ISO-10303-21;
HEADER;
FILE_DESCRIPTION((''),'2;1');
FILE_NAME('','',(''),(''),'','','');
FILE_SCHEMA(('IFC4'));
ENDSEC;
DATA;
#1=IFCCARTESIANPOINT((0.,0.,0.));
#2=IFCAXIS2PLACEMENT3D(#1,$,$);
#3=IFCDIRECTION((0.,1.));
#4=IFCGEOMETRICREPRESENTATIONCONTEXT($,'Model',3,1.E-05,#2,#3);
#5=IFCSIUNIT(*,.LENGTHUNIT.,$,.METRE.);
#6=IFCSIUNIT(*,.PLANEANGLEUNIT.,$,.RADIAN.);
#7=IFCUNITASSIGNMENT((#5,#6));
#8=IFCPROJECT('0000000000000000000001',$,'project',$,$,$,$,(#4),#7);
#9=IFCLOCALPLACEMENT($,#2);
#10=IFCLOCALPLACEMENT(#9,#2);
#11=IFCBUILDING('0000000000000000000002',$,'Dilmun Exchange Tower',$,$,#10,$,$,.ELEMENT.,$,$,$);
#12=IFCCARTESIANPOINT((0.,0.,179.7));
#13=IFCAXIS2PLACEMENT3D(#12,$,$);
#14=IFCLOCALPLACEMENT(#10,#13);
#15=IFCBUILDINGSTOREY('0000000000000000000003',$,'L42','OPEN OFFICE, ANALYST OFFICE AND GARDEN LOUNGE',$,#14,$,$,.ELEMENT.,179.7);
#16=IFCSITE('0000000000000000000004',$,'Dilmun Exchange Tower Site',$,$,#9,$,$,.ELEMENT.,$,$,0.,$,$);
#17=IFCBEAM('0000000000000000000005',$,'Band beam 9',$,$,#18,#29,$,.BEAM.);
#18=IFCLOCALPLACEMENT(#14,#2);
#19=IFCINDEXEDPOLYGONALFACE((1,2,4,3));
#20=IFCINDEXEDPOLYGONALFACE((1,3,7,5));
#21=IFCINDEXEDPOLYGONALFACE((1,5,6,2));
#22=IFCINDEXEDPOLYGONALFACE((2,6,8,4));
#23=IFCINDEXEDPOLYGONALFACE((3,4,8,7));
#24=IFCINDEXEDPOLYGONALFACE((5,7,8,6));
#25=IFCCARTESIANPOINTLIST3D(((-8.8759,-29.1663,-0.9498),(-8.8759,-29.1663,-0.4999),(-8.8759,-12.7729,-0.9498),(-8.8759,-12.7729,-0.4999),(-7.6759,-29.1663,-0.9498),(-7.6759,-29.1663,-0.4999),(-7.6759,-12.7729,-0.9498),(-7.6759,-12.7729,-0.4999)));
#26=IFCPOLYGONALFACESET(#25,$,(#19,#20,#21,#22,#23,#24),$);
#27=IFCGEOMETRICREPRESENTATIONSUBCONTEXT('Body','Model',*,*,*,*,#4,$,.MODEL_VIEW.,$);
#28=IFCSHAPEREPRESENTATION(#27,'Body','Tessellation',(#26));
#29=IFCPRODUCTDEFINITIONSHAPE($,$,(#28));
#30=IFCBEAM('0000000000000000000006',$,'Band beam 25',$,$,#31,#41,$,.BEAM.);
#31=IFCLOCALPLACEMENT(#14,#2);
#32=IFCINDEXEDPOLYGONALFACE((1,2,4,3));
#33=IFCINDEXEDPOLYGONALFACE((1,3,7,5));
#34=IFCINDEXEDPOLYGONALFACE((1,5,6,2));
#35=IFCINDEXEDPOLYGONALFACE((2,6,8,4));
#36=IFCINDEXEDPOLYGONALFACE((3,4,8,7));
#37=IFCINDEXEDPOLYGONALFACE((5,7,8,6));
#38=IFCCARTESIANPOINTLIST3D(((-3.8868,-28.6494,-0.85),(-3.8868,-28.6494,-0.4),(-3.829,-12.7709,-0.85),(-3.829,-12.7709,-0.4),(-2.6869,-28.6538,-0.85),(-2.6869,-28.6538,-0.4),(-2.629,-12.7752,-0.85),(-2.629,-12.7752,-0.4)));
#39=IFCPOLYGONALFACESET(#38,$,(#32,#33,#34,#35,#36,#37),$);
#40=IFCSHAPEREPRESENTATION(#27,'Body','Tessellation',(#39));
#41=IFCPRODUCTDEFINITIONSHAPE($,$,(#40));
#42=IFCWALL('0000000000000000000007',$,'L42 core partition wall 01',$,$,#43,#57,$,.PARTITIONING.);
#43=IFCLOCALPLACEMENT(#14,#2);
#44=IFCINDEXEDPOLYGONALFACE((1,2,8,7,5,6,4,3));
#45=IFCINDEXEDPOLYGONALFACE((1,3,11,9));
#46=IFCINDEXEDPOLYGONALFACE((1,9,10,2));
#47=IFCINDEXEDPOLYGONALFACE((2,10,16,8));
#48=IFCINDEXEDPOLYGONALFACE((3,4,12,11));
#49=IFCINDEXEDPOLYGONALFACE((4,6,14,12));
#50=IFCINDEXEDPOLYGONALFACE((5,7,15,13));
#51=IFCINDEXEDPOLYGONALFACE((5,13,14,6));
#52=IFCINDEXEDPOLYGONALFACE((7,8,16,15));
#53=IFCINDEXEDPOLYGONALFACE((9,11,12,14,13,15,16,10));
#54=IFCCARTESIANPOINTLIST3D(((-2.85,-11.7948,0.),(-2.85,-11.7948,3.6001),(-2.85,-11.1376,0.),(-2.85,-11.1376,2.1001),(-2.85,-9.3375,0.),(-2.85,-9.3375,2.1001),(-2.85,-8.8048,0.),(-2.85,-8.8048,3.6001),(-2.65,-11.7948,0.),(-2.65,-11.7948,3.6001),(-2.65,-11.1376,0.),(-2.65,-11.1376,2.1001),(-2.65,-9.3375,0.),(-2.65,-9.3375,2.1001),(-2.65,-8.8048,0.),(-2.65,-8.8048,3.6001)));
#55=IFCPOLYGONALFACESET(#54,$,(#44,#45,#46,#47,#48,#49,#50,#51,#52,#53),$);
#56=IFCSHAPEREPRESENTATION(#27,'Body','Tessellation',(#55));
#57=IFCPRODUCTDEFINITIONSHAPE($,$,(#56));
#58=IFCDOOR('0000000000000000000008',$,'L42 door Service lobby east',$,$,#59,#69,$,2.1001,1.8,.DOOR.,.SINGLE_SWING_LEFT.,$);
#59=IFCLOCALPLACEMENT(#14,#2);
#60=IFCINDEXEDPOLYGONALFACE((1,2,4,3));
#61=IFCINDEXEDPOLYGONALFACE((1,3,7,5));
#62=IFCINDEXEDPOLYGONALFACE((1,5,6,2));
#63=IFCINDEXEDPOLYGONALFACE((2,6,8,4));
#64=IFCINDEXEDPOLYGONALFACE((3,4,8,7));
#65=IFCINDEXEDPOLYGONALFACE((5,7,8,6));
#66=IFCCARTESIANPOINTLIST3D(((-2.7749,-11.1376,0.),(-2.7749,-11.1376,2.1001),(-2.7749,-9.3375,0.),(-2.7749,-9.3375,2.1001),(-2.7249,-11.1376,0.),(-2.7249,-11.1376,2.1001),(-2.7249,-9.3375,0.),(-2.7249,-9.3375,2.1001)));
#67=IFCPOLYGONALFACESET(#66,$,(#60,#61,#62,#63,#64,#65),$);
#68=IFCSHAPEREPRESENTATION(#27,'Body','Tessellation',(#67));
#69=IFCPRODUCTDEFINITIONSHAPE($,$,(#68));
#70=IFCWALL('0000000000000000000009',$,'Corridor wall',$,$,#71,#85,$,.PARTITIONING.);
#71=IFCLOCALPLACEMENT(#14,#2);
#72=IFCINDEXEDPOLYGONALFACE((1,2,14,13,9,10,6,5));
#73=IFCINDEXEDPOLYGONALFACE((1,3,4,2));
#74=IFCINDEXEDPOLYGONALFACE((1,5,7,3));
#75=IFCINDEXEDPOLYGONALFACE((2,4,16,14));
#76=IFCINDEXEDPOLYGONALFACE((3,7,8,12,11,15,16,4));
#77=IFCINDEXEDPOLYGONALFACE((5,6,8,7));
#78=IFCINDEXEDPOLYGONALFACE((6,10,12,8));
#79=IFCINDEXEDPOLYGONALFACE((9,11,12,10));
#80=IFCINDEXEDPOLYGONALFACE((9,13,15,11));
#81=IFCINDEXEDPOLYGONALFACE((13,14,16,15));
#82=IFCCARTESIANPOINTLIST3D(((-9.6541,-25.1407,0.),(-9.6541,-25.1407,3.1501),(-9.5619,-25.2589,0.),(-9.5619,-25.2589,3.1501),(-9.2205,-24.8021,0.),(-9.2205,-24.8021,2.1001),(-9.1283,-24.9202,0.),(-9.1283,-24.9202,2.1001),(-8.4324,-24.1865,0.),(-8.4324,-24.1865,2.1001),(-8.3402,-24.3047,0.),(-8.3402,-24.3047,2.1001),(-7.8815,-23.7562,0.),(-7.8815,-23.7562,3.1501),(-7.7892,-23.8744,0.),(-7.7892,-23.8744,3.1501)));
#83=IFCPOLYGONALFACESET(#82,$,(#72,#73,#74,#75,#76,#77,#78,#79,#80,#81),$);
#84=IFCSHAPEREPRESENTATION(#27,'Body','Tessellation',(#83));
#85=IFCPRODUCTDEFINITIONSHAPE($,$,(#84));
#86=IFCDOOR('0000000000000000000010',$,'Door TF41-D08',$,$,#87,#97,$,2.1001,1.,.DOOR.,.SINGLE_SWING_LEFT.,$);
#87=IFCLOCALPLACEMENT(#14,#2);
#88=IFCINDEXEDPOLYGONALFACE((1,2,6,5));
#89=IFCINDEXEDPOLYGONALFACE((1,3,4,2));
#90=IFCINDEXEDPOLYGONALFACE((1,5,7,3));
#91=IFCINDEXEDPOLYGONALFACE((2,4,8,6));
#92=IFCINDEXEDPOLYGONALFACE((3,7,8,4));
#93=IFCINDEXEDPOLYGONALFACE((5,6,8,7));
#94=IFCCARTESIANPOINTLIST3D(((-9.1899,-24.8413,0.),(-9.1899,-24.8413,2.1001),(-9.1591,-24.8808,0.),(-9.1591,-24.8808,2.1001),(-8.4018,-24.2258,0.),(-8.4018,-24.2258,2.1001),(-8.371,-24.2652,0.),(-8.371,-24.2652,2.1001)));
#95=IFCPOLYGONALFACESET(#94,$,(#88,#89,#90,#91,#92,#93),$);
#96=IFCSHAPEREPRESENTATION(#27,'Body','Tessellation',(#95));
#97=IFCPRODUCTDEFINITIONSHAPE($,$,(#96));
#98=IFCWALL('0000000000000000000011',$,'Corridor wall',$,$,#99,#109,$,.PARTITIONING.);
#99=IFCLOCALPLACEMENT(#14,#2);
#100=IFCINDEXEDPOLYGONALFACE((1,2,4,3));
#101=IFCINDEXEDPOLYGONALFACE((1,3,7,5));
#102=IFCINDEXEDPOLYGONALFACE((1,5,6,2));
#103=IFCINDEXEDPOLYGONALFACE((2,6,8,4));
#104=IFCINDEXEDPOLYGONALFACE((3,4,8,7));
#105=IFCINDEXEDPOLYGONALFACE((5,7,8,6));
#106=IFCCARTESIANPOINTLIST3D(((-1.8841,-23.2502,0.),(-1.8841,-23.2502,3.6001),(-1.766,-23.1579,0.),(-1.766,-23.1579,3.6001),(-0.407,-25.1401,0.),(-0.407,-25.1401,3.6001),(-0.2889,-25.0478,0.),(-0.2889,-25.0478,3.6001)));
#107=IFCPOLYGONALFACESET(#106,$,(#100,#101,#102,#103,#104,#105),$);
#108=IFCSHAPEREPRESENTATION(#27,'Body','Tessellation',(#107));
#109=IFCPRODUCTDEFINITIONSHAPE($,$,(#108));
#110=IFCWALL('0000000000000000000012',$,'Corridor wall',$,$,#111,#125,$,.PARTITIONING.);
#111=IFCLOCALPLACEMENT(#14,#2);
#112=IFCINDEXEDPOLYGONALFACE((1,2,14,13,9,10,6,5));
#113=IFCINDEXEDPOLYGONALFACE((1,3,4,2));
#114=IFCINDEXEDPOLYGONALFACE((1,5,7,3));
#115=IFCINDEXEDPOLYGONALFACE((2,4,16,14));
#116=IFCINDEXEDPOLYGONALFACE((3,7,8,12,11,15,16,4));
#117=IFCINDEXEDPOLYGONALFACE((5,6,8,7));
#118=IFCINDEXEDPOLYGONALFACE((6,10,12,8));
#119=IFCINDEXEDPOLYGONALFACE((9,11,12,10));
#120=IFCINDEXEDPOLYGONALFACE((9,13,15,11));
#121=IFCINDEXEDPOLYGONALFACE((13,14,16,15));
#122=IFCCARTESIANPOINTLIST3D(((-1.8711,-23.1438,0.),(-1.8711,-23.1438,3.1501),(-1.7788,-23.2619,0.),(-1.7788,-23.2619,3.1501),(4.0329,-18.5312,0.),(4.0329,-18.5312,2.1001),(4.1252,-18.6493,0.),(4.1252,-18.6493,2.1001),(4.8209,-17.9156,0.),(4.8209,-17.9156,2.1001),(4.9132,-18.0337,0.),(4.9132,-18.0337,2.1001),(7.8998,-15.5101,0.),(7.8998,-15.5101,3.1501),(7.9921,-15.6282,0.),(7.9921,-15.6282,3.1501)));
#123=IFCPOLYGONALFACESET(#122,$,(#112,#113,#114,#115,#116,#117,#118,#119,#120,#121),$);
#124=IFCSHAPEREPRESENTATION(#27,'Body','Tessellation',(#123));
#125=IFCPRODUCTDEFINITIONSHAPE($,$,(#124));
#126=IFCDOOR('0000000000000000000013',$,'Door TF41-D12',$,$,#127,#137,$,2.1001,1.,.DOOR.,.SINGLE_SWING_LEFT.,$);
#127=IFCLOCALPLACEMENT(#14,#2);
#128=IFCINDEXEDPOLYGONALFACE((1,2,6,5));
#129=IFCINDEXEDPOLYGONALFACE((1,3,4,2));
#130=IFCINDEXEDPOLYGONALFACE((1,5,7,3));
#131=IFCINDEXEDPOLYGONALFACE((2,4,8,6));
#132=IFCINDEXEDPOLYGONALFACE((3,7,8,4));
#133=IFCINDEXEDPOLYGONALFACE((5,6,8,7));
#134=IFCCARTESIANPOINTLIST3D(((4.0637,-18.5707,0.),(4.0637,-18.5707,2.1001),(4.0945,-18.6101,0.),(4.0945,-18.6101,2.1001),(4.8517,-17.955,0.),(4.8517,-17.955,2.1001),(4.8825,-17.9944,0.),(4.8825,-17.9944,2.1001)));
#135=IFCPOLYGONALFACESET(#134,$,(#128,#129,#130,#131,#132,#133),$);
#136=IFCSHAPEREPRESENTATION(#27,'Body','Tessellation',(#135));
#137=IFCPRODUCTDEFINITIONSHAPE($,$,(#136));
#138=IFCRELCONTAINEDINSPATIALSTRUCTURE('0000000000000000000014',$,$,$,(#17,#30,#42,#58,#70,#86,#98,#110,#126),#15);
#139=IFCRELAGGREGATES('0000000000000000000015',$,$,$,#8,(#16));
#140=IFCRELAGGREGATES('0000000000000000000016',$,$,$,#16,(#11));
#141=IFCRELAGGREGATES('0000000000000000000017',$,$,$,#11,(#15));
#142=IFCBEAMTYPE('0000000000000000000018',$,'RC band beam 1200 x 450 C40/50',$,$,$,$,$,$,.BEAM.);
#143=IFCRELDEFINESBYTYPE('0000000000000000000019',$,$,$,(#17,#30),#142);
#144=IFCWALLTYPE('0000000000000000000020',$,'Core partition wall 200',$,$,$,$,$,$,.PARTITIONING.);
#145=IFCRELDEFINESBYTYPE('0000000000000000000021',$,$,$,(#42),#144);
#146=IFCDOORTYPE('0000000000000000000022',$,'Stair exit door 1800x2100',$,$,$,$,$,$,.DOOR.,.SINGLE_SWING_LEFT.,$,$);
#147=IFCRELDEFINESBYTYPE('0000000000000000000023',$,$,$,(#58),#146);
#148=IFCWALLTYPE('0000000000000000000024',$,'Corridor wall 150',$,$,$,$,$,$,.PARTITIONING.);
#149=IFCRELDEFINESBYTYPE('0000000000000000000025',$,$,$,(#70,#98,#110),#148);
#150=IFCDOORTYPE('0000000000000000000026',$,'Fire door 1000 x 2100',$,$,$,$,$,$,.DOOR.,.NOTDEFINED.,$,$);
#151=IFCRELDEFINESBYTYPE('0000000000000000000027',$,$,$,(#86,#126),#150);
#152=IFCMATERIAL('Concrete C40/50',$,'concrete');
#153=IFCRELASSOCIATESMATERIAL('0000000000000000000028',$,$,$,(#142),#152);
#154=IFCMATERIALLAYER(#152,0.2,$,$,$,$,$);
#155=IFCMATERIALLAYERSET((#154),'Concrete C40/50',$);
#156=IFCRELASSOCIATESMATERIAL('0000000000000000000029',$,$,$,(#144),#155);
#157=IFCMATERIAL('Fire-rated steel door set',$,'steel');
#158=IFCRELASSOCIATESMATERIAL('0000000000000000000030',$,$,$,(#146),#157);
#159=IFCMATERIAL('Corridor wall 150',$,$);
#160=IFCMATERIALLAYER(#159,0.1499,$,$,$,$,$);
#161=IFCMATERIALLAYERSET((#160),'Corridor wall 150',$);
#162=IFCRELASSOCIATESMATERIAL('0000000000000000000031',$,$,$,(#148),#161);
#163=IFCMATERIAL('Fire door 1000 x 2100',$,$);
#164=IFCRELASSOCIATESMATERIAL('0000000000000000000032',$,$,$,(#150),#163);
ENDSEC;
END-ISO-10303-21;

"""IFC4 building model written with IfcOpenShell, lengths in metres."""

from ifc_helpers import new_model, si_unit, direction, frame, frame_2d, origin, origin_2d, place, context, subcontext, project, spatial, rectangle, extrude, material, layer, layer_set, material_profile, profile_set, type_object, element, fill, save


model = new_model("IFC4")

# Units and contexts
model_context = context("Model", 3, precision=1e-05, world=origin(), true_north=direction((0.0, 1.0)))
body_context = subcontext(model_context, "Body", "Model", "MODEL_VIEW")
ifc_project = project(units=[si_unit("LENGTHUNIT", "METRE"), si_unit("PLANEANGLEUNIT", "RADIAN")], contexts=[model_context])

# Site, building, storey
site_placement = place(None, origin())
site = spatial("IfcSite", under=ifc_project, at=site_placement, Name="Dilmun Exchange Tower Site", CompositionType="ELEMENT", RefElevation=0.0)
building_placement = place(site_placement, origin())
building = spatial("IfcBuilding", under=site, at=building_placement, Name="Dilmun Exchange Tower", CompositionType="ELEMENT")
storey_placement = place(building_placement, frame((0.0, 0.0, 179.7)))
storey = spatial("IfcBuildingStorey", under=building, at=storey_placement, Name="L42", Description="OPEN OFFICE, ANALYST OFFICE AND GARDEN LOUNGE", CompositionType="ELEMENT", Elevation=179.7)

# Beams
ifc_material_1 = material(Name="Concrete C40/50", Category="concrete")
ifc_material_profile = material_profile(ifc_material_1, rectangle(XDim=1.2, YDim=0.45, at=origin_2d()), Name="1200 x 450")
ifc_profile_set = profile_set([ifc_material_profile], Name="Concrete C40/50")
beam_type = type_object("IfcBeamType", Name="RC band beam 1200 x 450 C40/50", PredefinedType="BEAM", material=ifc_profile_set)
beam_1_placement = place(storey_placement, frame((-8.2759, -29.1663, -0.7249), z_axis=(0.0, 1.0, 0.0), x_axis=(-1.0, 0.0, 0.0)))
element("IfcBeam", 1, at=beam_1_placement, inside=storey, type_object=beam_type, Name="Band beam 9", PredefinedType="BEAM", context=body_context, shape_type="SweptSolid", body=[
    extrude(rectangle(XDim=1.2, YDim=0.45, at=origin_2d()), origin(), (0.0, 0.0, 1.0), 16.3933),
])
beam_2_placement = place(storey_placement, frame((-3.2869, -28.6516, -0.625), z_axis=(0.003644, 0.999993, 0.0), x_axis=(-0.999993, 0.003644, 0.0)))
element("IfcBeam", 2, at=beam_2_placement, inside=storey, type_object=beam_type, Name="Band beam 25", PredefinedType="BEAM", context=body_context, shape_type="SweptSolid", body=[
    extrude(rectangle(XDim=1.2, YDim=0.45, at=origin_2d()), origin(), (0.0, 0.0, 1.0), 15.8787),
])

# Walls, openings, doors
ifc_layer_1 = layer(ifc_material_1, 0.2)
ifc_layer_set_1 = layer_set([ifc_layer_1], Name="Concrete C40/50")
wall_type_1 = type_object("IfcWallType", Name="Core partition wall 200", PredefinedType="PARTITIONING", material=ifc_layer_set_1)
wall_1_placement = place(storey_placement, frame((-2.75, -11.7949, 0.0), z_axis=(0.0, 0.0, 1.0), x_axis=(0.0, 1.0, 0.0)))
wall_1 = element("IfcWall", 3, at=wall_1_placement, inside=storey, type_object=wall_type_1, Name="L42 core partition wall 01", PredefinedType="PARTITIONING", context=body_context, shape_type="SweptSolid", body=[
    extrude(rectangle(XDim=2.99, YDim=0.2, at=frame_2d((1.4951, 0.0))), origin(), (0.0, 0.0, 1.0), 3.6001),
])
opening_1_placement = place(wall_1_placement, frame((0.6575, 0.0, 0.0)))
opening_1 = element("IfcOpeningElement", 4, at=opening_1_placement, cuts=wall_1, PredefinedType="OPENING", context=body_context, shape_type="SweptSolid", body=[
    extrude(rectangle(XDim=1.8, YDim=2.1001, at=frame_2d((0.8999, 1.05))), frame((0.0, 0.1099, 0.0), z_axis=(0.0, -1.0, 0.0), x_axis=(1.0, 0.0, 0.0)), (0.0, 0.0, 1.0), 0.22),
])
ifc_material_2 = material(Name="Fire-rated steel door set", Category="steel")
door_type_1 = type_object("IfcDoorType", Name="Stair exit door 1800x2100", OperationType="SINGLE_SWING_LEFT", PredefinedType="DOOR", material=ifc_material_2)
door_1_placement = place(opening_1_placement, origin())
door_1 = element("IfcDoor", 5, at=door_1_placement, inside=storey, type_object=door_type_1, Name="L42 door Service lobby east", OperationType="SINGLE_SWING_LEFT", OverallHeight=2.1001, OverallWidth=1.8, PredefinedType="DOOR", context=body_context, shape_type="SweptSolid", body=[
    extrude(rectangle(XDim=1.8, YDim=2.1001, at=frame_2d((0.8999, 1.05))), frame((0.0, 0.0249, 0.0), z_axis=(0.0, -1.0, 0.0), x_axis=(1.0, 0.0, 0.0)), (0.0, 0.0, 1.0), 0.05),
])
fill(opening_1, door_1)
ifc_material_3 = material(Name="Corridor wall 150")
ifc_layer_2 = layer(ifc_material_3, 0.1499)
ifc_layer_set_2 = layer_set([ifc_layer_2], Name="Corridor wall 150")
wall_type_2 = type_object("IfcWallType", Name="Corridor wall 150", PredefinedType="PARTITIONING", material=ifc_layer_set_2)
wall_2_placement = place(storey_placement, frame((-9.6079, -25.1997, 0.0), z_axis=(0.0, 0.0, 1.0), x_axis=(0.788112, 0.615532, 0.0)))
wall_2 = element("IfcWall", 6, at=wall_2_placement, inside=storey, type_object=wall_type_2, Name="Corridor wall", PredefinedType="PARTITIONING", context=body_context, shape_type="SweptSolid", body=[
    extrude(rectangle(XDim=2.2493, YDim=0.1499, at=frame_2d((1.1245, 0.0))), origin(), (0.0, 0.0, 1.0), 3.1501),
])
opening_2_placement = place(wall_2_placement, frame((0.55, 0.0, 0.0)))
opening_2 = element("IfcOpeningElement", 7, at=opening_2_placement, cuts=wall_2, PredefinedType="OPENING", context=body_context, shape_type="SweptSolid", body=[
    extrude(rectangle(XDim=1.0, YDim=2.1001, at=frame_2d((0.5, 1.05))), frame((0.0, 0.085, 0.0), z_axis=(0.0, -1.0, 0.0), x_axis=(1.0, 0.0, 0.0)), (0.0, 0.0, 1.0), 0.1699),
])
ifc_material_4 = material(Name="Fire door 1000 x 2100")
door_type_2 = type_object("IfcDoorType", Name="Fire door 1000 x 2100", OperationType="NOTDEFINED", PredefinedType="DOOR", material=ifc_material_4)
door_2_placement = place(opening_2_placement, frame((1.0, 0.0, 0.0), z_axis=(0.0, 0.0, 1.0), x_axis=(-1.0, 0.0, 0.0)))
door_2 = element("IfcDoor", 8, at=door_2_placement, inside=storey, type_object=door_type_2, Name="Door TF41-D08", OperationType="SINGLE_SWING_LEFT", OverallHeight=2.1001, OverallWidth=1.0, PredefinedType="DOOR", context=body_context, shape_type="SweptSolid", body=[
    extrude(rectangle(XDim=1.0, YDim=2.1001, at=frame_2d((0.5, 1.05))), frame((0.0, 0.0249, 0.0), z_axis=(0.0, -1.0, 0.0), x_axis=(1.0, 0.0, 0.0)), (0.0, 0.0, 1.0), 0.05),
])
fill(opening_2, door_2)

# Wall
wall_3_placement = place(storey_placement, frame((-1.825, -23.2041, 0.0), z_axis=(0.0, 0.0, 1.0), x_axis=(0.615792, -0.787909, 0.0)))
element("IfcWall", 9, at=wall_3_placement, inside=storey, type_object=wall_type_2, Name="Corridor wall", PredefinedType="PARTITIONING", context=body_context, shape_type="SweptSolid", body=[
    extrude(rectangle(XDim=2.3987, YDim=0.1499, at=frame_2d((1.1992, 0.0))), origin(), (0.0, 0.0, 1.0), 3.6001),
])

# Wall, opening, door
wall_4_placement = place(storey_placement, frame((-1.825, -23.2029, 0.0), z_axis=(0.0, 0.0, 1.0), x_axis=(0.788017, 0.615654, 0.0)))
wall_4 = element("IfcWall", 10, at=wall_4_placement, inside=storey, type_object=wall_type_2, Name="Corridor wall", PredefinedType="PARTITIONING", context=body_context, shape_type="SweptSolid", body=[
    extrude(rectangle(XDim=12.3994, YDim=0.1499, at=frame_2d((6.1997, 0.0))), origin(), (0.0, 0.0, 1.0), 3.1501),
])
opening_3_placement = place(wall_4_placement, frame((7.4922, 0.0, 0.0)))
opening_3 = element("IfcOpeningElement", 11, at=opening_3_placement, cuts=wall_4, PredefinedType="OPENING", context=body_context, shape_type="SweptSolid", body=[
    extrude(rectangle(XDim=1.0, YDim=2.1001, at=frame_2d((0.5, 1.05))), frame((0.0, 0.085, 0.0), z_axis=(0.0, -1.0, 0.0), x_axis=(1.0, 0.0, 0.0)), (0.0, 0.0, 1.0), 0.1699),
])
door_3_placement = place(opening_3_placement, origin())
door_3 = element("IfcDoor", 12, at=door_3_placement, inside=storey, type_object=door_type_2, Name="Door TF41-D12", OperationType="SINGLE_SWING_LEFT", OverallHeight=2.1001, OverallWidth=1.0, PredefinedType="DOOR", context=body_context, shape_type="SweptSolid", body=[
    extrude(rectangle(XDim=1.0, YDim=2.1001, at=frame_2d((0.5, 1.05))), frame((0.0, 0.0249, 0.0), z_axis=(0.0, -1.0, 0.0), x_axis=(1.0, 0.0, 0.0)), (0.0, 0.0, 1.0), 0.05),
])
fill(opening_3, door_3)

save(model, "model.ifc")
